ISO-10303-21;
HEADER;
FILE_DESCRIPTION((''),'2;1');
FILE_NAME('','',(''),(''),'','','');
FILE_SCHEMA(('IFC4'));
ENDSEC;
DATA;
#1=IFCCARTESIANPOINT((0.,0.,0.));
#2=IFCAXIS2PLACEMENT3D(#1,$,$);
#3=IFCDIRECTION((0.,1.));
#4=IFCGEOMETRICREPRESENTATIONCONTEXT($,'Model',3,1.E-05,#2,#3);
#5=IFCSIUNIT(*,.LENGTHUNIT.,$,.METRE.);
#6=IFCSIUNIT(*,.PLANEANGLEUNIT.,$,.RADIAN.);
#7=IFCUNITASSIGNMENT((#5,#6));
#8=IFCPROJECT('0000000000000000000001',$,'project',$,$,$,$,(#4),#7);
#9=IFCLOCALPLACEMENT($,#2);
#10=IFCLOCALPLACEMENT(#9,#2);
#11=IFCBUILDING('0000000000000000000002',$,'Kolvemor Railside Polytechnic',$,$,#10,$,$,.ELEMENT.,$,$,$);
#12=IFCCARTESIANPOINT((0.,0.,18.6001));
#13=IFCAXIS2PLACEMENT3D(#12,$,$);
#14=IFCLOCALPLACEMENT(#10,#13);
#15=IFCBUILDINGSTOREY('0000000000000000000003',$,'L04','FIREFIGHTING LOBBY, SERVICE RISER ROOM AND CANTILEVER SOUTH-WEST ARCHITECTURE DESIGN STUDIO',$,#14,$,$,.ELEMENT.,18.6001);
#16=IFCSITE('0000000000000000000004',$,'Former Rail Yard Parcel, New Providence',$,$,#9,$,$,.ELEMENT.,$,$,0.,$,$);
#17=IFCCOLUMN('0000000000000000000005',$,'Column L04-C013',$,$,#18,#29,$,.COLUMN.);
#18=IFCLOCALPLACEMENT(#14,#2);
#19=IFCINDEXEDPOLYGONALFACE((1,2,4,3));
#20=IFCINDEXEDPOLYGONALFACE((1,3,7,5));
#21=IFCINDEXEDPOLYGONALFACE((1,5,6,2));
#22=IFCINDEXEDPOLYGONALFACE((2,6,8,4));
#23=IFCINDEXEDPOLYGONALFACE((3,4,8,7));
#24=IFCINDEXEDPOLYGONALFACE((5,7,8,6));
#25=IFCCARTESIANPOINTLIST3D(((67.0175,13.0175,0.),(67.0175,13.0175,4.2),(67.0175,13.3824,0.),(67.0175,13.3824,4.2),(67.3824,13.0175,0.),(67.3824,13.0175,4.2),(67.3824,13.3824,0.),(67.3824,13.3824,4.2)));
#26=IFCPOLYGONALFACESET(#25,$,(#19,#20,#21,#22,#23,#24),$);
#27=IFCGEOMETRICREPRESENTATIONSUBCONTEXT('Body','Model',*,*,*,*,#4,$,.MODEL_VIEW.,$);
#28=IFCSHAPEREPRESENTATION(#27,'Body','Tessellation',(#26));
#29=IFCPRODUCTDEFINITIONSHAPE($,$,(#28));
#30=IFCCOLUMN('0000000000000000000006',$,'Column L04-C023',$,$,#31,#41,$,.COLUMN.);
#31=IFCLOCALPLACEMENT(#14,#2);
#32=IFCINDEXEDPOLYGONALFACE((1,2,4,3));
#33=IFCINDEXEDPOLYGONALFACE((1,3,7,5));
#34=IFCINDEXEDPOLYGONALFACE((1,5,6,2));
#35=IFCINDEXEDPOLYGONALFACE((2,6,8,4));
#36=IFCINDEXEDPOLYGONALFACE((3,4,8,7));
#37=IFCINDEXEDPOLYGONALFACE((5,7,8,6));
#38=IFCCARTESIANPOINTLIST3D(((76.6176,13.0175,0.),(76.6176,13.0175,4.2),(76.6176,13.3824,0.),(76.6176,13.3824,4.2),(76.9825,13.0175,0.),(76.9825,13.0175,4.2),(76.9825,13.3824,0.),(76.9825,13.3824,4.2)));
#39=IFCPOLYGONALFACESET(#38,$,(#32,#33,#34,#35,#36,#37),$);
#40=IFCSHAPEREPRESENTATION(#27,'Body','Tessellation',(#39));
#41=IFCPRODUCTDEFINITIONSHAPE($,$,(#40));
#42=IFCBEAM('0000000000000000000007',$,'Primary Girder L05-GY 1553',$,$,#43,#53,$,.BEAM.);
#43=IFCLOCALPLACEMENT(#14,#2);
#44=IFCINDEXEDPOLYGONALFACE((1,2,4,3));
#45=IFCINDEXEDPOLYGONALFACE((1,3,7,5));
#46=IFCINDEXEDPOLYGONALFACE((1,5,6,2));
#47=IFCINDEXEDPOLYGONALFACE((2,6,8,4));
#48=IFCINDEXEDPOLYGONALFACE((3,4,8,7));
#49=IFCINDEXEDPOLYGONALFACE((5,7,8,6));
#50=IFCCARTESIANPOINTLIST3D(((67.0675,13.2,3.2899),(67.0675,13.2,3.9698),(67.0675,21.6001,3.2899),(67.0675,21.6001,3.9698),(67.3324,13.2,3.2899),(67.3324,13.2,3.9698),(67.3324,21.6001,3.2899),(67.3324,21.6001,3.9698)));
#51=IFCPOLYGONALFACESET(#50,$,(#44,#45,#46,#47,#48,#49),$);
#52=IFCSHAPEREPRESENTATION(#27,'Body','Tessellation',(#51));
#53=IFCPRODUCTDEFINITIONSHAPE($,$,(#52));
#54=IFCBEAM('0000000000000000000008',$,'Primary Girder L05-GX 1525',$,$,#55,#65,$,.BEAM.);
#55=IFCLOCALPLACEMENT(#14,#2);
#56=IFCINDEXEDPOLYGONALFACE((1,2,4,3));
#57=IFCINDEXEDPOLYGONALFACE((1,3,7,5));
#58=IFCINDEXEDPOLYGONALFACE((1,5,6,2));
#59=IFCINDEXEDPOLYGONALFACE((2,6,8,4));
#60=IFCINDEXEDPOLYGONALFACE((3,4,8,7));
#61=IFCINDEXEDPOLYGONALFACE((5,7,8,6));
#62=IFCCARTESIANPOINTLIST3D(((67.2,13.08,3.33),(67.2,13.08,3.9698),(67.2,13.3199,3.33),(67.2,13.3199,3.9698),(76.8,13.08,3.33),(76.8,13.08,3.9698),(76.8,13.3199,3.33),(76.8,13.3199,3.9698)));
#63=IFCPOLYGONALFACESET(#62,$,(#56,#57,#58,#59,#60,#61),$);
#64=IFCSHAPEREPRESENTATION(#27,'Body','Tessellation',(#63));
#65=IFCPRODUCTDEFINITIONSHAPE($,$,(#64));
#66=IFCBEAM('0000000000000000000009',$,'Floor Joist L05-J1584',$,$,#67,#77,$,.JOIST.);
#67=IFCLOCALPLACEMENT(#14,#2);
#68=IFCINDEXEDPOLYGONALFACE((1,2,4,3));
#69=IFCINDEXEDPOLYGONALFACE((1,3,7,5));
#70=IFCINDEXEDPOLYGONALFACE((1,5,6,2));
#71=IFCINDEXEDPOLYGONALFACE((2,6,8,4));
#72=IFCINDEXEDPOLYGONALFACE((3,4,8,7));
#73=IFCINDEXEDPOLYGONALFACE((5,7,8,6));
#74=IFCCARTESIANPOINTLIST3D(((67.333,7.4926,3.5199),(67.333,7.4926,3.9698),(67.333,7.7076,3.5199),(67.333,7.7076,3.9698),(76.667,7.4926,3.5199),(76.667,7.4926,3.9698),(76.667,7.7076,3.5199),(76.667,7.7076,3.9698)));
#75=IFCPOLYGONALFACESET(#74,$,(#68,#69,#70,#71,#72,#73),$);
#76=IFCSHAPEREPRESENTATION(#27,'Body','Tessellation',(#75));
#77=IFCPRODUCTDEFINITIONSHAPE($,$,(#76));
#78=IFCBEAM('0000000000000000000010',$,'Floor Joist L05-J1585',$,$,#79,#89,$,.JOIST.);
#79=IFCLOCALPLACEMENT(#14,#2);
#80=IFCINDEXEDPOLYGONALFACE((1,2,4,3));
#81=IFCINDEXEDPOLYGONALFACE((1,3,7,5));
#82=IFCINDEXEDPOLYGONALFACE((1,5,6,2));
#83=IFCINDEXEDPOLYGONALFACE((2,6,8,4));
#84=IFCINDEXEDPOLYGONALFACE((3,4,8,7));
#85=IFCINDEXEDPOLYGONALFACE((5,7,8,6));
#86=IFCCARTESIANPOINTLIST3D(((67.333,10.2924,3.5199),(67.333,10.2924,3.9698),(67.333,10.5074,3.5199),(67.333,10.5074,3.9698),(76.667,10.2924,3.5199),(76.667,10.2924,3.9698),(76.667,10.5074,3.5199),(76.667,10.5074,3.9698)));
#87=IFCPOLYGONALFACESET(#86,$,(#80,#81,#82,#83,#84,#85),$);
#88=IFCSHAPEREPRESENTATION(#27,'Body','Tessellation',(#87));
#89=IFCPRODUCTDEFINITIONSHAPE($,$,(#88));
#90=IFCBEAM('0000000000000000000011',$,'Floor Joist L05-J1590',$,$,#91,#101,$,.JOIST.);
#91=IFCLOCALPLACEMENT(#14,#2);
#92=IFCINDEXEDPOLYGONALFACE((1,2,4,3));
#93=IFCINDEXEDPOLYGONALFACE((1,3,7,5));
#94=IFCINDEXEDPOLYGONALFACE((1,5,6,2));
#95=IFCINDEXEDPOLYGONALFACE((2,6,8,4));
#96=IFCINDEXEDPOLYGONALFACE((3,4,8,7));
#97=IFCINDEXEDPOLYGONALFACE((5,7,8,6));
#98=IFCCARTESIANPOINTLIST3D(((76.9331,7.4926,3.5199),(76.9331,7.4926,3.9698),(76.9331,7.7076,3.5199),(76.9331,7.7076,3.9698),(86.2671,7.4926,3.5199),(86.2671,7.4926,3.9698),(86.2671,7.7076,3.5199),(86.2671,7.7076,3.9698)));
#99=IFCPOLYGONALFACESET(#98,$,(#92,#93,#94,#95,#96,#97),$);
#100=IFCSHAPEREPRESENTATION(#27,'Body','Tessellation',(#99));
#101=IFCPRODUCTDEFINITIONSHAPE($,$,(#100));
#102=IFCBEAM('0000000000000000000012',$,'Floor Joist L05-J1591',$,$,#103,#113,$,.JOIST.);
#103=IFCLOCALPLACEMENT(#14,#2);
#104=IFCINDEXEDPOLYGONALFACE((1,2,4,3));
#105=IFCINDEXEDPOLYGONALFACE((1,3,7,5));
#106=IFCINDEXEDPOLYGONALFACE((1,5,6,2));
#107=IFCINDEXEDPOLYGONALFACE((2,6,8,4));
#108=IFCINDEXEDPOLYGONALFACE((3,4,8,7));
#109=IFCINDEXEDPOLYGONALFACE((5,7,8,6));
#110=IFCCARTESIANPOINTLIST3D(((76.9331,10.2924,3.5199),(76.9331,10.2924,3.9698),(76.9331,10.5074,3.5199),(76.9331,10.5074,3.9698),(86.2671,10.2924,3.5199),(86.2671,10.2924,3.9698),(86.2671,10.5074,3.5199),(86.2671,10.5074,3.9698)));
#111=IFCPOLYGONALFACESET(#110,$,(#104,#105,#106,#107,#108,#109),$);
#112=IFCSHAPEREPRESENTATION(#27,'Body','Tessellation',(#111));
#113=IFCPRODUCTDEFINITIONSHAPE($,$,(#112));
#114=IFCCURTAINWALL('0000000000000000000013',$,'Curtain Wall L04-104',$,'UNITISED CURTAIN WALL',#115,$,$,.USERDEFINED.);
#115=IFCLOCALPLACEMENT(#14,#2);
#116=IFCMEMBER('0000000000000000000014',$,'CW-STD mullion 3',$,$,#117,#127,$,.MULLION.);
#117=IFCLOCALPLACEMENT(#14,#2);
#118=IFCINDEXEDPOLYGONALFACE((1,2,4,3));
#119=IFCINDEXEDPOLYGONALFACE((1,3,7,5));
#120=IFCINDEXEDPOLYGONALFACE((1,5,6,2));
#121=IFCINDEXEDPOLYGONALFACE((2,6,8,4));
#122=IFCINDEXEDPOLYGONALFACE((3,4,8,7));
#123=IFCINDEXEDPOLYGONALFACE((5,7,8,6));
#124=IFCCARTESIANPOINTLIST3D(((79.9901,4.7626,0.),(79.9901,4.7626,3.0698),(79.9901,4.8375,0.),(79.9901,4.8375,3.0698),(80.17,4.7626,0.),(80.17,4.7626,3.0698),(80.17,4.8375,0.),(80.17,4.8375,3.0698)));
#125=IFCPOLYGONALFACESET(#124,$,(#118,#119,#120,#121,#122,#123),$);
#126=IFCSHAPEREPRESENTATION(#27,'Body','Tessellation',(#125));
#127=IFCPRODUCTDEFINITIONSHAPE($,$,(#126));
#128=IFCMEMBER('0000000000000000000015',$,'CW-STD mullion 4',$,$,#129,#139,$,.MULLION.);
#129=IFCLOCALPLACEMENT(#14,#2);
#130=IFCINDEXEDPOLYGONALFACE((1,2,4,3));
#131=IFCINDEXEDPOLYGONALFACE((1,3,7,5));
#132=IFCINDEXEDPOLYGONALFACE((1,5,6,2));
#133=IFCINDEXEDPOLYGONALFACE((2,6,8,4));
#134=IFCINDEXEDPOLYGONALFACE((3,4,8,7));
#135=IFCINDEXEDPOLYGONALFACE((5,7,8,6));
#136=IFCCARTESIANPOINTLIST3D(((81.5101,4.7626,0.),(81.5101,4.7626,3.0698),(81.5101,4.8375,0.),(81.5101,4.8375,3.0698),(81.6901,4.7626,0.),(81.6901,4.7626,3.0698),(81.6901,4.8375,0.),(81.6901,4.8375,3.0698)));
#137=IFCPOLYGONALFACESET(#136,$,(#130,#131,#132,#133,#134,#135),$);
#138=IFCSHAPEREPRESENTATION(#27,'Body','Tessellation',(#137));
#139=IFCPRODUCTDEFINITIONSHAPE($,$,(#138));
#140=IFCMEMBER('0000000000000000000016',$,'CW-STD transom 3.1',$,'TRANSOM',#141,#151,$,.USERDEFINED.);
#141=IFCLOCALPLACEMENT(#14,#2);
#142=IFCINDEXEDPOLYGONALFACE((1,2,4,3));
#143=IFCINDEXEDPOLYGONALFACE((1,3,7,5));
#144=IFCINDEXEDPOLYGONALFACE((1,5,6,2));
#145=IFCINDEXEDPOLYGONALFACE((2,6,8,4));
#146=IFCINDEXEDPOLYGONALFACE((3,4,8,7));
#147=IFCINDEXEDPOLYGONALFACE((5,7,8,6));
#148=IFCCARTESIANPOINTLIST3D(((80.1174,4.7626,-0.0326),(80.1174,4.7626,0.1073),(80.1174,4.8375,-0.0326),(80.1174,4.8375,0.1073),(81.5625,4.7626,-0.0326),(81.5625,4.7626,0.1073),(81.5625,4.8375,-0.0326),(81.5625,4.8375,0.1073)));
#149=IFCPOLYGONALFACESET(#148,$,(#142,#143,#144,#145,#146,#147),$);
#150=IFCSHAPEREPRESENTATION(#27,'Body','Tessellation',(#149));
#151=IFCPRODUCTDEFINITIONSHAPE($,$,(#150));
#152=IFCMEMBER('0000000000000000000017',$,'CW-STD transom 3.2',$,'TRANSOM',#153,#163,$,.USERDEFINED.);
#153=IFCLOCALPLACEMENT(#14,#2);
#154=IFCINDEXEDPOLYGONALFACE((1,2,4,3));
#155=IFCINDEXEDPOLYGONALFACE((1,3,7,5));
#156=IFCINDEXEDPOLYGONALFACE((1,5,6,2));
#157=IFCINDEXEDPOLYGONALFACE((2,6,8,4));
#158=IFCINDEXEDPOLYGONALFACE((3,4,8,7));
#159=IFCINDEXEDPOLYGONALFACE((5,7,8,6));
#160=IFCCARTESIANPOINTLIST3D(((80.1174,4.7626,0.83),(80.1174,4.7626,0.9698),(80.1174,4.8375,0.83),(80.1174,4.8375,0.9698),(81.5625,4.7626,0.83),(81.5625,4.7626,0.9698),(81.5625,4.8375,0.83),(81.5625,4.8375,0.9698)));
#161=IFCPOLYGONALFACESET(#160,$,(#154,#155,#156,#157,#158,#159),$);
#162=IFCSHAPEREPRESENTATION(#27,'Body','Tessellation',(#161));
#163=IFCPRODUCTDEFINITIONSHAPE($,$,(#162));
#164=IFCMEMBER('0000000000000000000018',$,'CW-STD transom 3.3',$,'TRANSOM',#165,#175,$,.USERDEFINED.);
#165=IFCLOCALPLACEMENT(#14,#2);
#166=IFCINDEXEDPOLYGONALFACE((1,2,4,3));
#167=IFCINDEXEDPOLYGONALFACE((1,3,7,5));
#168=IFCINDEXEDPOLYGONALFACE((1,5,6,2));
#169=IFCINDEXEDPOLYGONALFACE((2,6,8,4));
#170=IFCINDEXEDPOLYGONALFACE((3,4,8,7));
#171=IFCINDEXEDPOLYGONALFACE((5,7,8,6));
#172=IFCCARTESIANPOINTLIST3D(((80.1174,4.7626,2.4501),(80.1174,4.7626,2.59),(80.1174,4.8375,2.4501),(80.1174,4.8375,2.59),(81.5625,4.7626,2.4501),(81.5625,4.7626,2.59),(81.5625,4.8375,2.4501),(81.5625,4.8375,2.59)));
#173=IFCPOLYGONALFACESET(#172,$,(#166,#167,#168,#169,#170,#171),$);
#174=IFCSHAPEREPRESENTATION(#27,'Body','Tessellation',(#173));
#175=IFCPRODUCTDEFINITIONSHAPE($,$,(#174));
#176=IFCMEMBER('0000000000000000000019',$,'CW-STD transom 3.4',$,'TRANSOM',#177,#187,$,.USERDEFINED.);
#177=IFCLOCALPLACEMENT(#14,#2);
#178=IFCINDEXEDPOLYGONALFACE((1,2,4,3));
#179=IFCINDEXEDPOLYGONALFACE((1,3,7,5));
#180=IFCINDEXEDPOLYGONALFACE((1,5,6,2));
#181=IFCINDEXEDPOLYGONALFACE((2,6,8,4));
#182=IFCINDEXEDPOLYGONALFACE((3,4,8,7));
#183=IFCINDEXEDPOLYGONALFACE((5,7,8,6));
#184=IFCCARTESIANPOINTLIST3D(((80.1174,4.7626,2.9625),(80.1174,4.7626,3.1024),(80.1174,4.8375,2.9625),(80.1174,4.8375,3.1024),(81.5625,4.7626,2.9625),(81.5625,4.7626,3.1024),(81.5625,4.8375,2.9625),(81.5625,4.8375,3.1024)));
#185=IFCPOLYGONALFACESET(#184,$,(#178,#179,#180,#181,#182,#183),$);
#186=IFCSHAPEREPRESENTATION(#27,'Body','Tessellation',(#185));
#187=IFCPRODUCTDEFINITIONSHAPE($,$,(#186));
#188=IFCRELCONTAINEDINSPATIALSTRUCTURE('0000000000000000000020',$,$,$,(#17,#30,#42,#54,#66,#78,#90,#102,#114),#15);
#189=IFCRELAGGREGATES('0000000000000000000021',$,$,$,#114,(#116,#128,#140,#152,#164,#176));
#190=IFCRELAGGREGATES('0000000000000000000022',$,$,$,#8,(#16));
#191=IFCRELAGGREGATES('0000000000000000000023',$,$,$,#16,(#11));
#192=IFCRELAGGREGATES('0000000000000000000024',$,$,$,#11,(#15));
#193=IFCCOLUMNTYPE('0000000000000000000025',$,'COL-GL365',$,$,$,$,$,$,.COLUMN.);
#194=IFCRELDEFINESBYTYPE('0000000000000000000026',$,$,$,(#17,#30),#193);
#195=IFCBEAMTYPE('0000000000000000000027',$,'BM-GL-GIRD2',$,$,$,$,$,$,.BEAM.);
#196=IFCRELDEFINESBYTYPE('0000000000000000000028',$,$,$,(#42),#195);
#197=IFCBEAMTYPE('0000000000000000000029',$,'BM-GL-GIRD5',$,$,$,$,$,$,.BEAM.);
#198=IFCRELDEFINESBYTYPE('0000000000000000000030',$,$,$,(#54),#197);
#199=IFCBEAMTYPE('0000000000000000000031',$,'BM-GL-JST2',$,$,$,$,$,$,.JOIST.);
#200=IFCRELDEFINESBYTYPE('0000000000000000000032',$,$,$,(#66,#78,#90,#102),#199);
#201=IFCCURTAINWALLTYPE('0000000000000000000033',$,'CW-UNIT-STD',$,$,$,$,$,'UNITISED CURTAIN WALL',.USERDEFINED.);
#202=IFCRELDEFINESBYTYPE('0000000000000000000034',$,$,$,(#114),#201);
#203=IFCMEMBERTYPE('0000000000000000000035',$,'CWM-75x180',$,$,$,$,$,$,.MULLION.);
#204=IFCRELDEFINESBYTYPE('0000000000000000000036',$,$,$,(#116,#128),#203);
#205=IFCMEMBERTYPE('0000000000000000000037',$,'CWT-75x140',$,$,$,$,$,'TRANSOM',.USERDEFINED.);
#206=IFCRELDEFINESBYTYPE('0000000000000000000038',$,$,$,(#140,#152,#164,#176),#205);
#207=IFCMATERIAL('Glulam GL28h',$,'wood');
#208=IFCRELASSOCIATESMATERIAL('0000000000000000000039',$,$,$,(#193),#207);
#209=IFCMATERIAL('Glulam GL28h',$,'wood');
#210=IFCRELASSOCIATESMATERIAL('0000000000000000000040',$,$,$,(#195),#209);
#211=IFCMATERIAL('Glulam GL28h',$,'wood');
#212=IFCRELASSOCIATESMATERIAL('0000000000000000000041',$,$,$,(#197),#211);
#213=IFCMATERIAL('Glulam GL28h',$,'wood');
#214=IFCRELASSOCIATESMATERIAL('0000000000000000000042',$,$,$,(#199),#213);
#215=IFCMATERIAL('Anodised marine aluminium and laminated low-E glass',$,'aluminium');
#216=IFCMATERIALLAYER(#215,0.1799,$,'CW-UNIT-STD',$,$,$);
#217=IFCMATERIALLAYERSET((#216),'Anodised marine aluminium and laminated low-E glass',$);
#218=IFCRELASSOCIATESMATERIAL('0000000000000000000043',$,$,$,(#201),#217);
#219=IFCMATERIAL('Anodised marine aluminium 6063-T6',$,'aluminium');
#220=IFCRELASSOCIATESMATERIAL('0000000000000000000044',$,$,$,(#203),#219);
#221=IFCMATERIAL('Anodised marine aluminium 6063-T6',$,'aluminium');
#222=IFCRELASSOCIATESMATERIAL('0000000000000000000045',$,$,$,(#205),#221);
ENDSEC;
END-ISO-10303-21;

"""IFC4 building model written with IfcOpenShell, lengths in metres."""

from ifc_helpers import new_model, si_unit, direction, frame, origin, origin_2d, place, context, subcontext, project, spatial, rectangle, extrude, material, layer, layer_set, material_profile, profile_set, type_object, element, aggregate, save


model = new_model("IFC4")

# Units and contexts
model_context = context("Model", 3, precision=1e-05, world=origin(), true_north=direction((0.0, 1.0)))
body_context = subcontext(model_context, "Body", "Model", "MODEL_VIEW")
ifc_project = project(units=[si_unit("LENGTHUNIT", "METRE"), si_unit("PLANEANGLEUNIT", "RADIAN")], contexts=[model_context])

# Site, building, storey
site_placement = place(None, origin())
site = spatial("IfcSite", under=ifc_project, at=site_placement, Name="Former Rail Yard Parcel, New Providence", CompositionType="ELEMENT", RefElevation=0.0)
building_placement = place(site_placement, origin())
building = spatial("IfcBuilding", under=site, at=building_placement, Name="Kolvemor Railside Polytechnic", CompositionType="ELEMENT")
storey_placement = place(building_placement, frame((0.0, 0.0, 18.6001)))
storey = spatial("IfcBuildingStorey", under=building, at=storey_placement, Name="L04", Description="FIREFIGHTING LOBBY, SERVICE RISER ROOM AND CANTILEVER SOUTH-WEST ARCHITECTURE DESIGN STUDIO", CompositionType="ELEMENT", Elevation=18.6001)

# Columns
ifc_material_1 = material(Name="Glulam GL28h", Category="wood")
ifc_material_profile_1 = material_profile(ifc_material_1, rectangle(XDim=0.365, YDim=0.365, at=origin_2d()), Name="GL365x365")
ifc_profile_set_1 = profile_set([ifc_material_profile_1], Name="Glulam GL28h")
column_type = type_object("IfcColumnType", Name="COL-GL365", PredefinedType="COLUMN", material=ifc_profile_set_1)
for number, where, z_axis, x_axis, name in (
    (1, (67.2, 13.2, 0.0), (0.0, 0.0, 1.0), (1.0, 0.0, 0.0), "Column L04-C013"),
    (2, (76.8, 13.2, 0.0), (0.0, 0.0, 1.0), (1.0, 0.0, 0.0), "Column L04-C023"),
):
    element("IfcColumn", number, at=place(storey_placement, frame(where, z_axis=z_axis, x_axis=x_axis)), inside=storey, type_object=column_type, Name=name, PredefinedType="COLUMN", context=body_context, shape_type="SweptSolid", body=[
        extrude(rectangle(XDim=0.365, YDim=0.365, at=origin_2d()), origin(), (0.0, 0.0, 1.0), 4.2),
    ])

# Beams
ifc_material_2 = material(Name="Glulam GL28h", Category="wood")
ifc_material_profile_2 = material_profile(ifc_material_2, rectangle(XDim=0.2649, YDim=0.6799, at=origin_2d()), Name="GL265x680")
ifc_profile_set_2 = profile_set([ifc_material_profile_2], Name="Glulam GL28h")
beam_type_1 = type_object("IfcBeamType", Name="BM-GL-GIRD2", PredefinedType="BEAM", material=ifc_profile_set_2)
beam_1_placement = place(storey_placement, frame((67.2, 13.2, 3.6299), z_axis=(0.0, 1.0, 0.0), x_axis=(-1.0, 0.0, 0.0)))
element("IfcBeam", 3, at=beam_1_placement, inside=storey, type_object=beam_type_1, Name="Primary Girder L05-GY 1553", PredefinedType="BEAM", context=body_context, shape_type="SweptSolid", body=[
    extrude(rectangle(XDim=0.2649, YDim=0.6799, at=origin_2d()), origin(), (0.0, 0.0, 1.0), 8.4001),
])
ifc_material_3 = material(Name="Glulam GL28h", Category="wood")
ifc_material_profile_3 = material_profile(ifc_material_3, rectangle(XDim=0.24, YDim=0.6399, at=origin_2d()), Name="GL240x640")
ifc_profile_set_3 = profile_set([ifc_material_profile_3], Name="Glulam GL28h")
beam_type_2 = type_object("IfcBeamType", Name="BM-GL-GIRD5", PredefinedType="BEAM", material=ifc_profile_set_3)
beam_2_placement = place(storey_placement, frame((67.2, 13.2, 3.6499), z_axis=(1.0, 0.0, 0.0), x_axis=(0.0, 1.0, 0.0)))
element("IfcBeam", 4, at=beam_2_placement, inside=storey, type_object=beam_type_2, Name="Primary Girder L05-GX 1525", PredefinedType="BEAM", context=body_context, shape_type="SweptSolid", body=[
    extrude(rectangle(XDim=0.24, YDim=0.6399, at=origin_2d()), origin(), (0.0, 0.0, 1.0), 9.6001),
])
ifc_material_4 = material(Name="Glulam GL28h", Category="wood")
ifc_material_profile_4 = material_profile(ifc_material_4, rectangle(XDim=0.2151, YDim=0.45, at=origin_2d()), Name="GL215x450")
ifc_profile_set_4 = profile_set([ifc_material_profile_4], Name="Glulam GL28h")
beam_type_3 = type_object("IfcBeamType", Name="BM-GL-JST2", PredefinedType="JOIST", material=ifc_profile_set_4)
for number, where, z_axis, x_axis, name in (
    (5, (67.333, 7.6001, 3.7449), (1.0, 0.0, 0.0), (0.0, 1.0, 0.0), "Floor Joist L05-J1584"),
    (6, (67.333, 10.3999, 3.7449), (1.0, 0.0, 0.0), (0.0, 1.0, 0.0), "Floor Joist L05-J1585"),
    (7, (76.9331, 7.6001, 3.7449), (1.0, 0.0, 0.0), (0.0, 1.0, 0.0), "Floor Joist L05-J1590"),
    (8, (76.9331, 10.3999, 3.7449), (1.0, 0.0, 0.0), (0.0, 1.0, 0.0), "Floor Joist L05-J1591"),
):
    element("IfcBeam", number, at=place(storey_placement, frame(where, z_axis=z_axis, x_axis=x_axis)), inside=storey, type_object=beam_type_3, Name=name, PredefinedType="JOIST", context=body_context, shape_type="SweptSolid", body=[
        extrude(rectangle(XDim=0.2151, YDim=0.45, at=origin_2d()), origin(), (0.0, 0.0, 1.0), 9.334),
    ])

# Curtain wall, members
ifc_material_5 = material(Name="Anodised marine aluminium and laminated low-E glass", Category="aluminium")
ifc_layer_1 = layer(ifc_material_5, 0.1799, Name="CW-UNIT-STD")
ifc_layer_set_1 = layer_set([ifc_layer_1], Name="Anodised marine aluminium and laminated low-E glass")
curtain_wall_type = type_object("IfcCurtainWallType", Name="CW-UNIT-STD", ElementType="UNITISED CURTAIN WALL", PredefinedType="USERDEFINED", material=ifc_layer_set_1)
curtain_wall_placement = place(storey_placement, origin())
curtain_wall = element("IfcCurtainWall", 9, at=curtain_wall_placement, inside=storey, type_object=curtain_wall_type, Name="Curtain Wall L04-104", ObjectType="UNITISED CURTAIN WALL", PredefinedType="USERDEFINED")
ifc_material_6 = material(Name="Anodised marine aluminium 6063-T6", Category="aluminium")
ifc_material_profile_5 = material_profile(ifc_material_6, rectangle(XDim=0.075, YDim=0.1799, at=origin_2d()), Name="CW-MUL-75x180")
ifc_profile_set_5 = profile_set([ifc_material_profile_5], Name="Anodised marine aluminium 6063-T6")
member_type_1 = type_object("IfcMemberType", Name="CWM-75x180", PredefinedType="MULLION", material=ifc_profile_set_5)
member_1_placement = place(storey_placement, frame((80.0801, 4.8, 0.0), z_axis=(0.0, 0.0, 1.0), x_axis=(0.0, 1.0, 0.0)))
member_1 = element("IfcMember", 10, at=member_1_placement, type_object=member_type_1, Name="CW-STD mullion 3", PredefinedType="MULLION", context=body_context, shape_type="SweptSolid", body=[
    extrude(rectangle(XDim=0.075, YDim=0.1799, at=origin_2d()), origin(), (0.0, 0.0, 1.0), 3.0698),
])
member_2_placement = place(storey_placement, frame((81.6001, 4.8, 0.0), z_axis=(0.0, 0.0, 1.0), x_axis=(0.0, 1.0, 0.0)))
member_2 = element("IfcMember", 11, at=member_2_placement, type_object=member_type_1, Name="CW-STD mullion 4", PredefinedType="MULLION", context=body_context, shape_type="SweptSolid", body=[
    extrude(rectangle(XDim=0.075, YDim=0.1799, at=origin_2d()), origin(), (0.0, 0.0, 1.0), 3.0698),
])
ifc_material_7 = material(Name="Anodised marine aluminium 6063-T6", Category="aluminium")
ifc_material_profile_6 = material_profile(ifc_material_7, rectangle(XDim=0.075, YDim=0.1399, at=origin_2d()), Name="CW-TRN-75x140")
ifc_profile_set_6 = profile_set([ifc_material_profile_6], Name="Anodised marine aluminium 6063-T6")
member_type_2 = type_object("IfcMemberType", Name="CWT-75x140", ElementType="TRANSOM", PredefinedType="USERDEFINED", material=ifc_profile_set_6)
member_3_placement = place(storey_placement, frame((80.1174, 4.8, 0.0374), z_axis=(1.0, 0.0, 0.0), x_axis=(0.0, 1.0, 0.0)))
member_3 = element("IfcMember", 12, at=member_3_placement, type_object=member_type_2, Name="CW-STD transom 3.1", ObjectType="TRANSOM", PredefinedType="USERDEFINED", context=body_context, shape_type="SweptSolid", body=[
    extrude(rectangle(XDim=0.075, YDim=0.1399, at=origin_2d()), origin(), (0.0, 0.0, 1.0), 1.4451),
])
member_4_placement = place(storey_placement, frame((80.1174, 4.8, 0.8999), z_axis=(1.0, 0.0, 0.0), x_axis=(0.0, 1.0, 0.0)))
member_4 = element("IfcMember", 13, at=member_4_placement, type_object=member_type_2, Name="CW-STD transom 3.2", ObjectType="TRANSOM", PredefinedType="USERDEFINED", context=body_context, shape_type="SweptSolid", body=[
    extrude(rectangle(XDim=0.075, YDim=0.1399, at=origin_2d()), origin(), (0.0, 0.0, 1.0), 1.4451),
])
member_5_placement = place(storey_placement, frame((80.1174, 4.8, 2.52), z_axis=(1.0, 0.0, 0.0), x_axis=(0.0, 1.0, 0.0)))
member_5 = element("IfcMember", 14, at=member_5_placement, type_object=member_type_2, Name="CW-STD transom 3.3", ObjectType="TRANSOM", PredefinedType="USERDEFINED", context=body_context, shape_type="SweptSolid", body=[
    extrude(rectangle(XDim=0.075, YDim=0.1399, at=origin_2d()), origin(), (0.0, 0.0, 1.0), 1.4451),
])
member_6_placement = place(storey_placement, frame((80.1174, 4.8, 3.0325), z_axis=(1.0, 0.0, 0.0), x_axis=(0.0, 1.0, 0.0)))
member_6 = element("IfcMember", 15, at=member_6_placement, type_object=member_type_2, Name="CW-STD transom 3.4", ObjectType="TRANSOM", PredefinedType="USERDEFINED", context=body_context, shape_type="SweptSolid", body=[
    extrude(rectangle(XDim=0.075, YDim=0.1399, at=origin_2d()), origin(), (0.0, 0.0, 1.0), 1.4451),
])
aggregate(curtain_wall, [member_1, member_2, member_3, member_4, member_5, member_6])

save(model, "model.ifc")
